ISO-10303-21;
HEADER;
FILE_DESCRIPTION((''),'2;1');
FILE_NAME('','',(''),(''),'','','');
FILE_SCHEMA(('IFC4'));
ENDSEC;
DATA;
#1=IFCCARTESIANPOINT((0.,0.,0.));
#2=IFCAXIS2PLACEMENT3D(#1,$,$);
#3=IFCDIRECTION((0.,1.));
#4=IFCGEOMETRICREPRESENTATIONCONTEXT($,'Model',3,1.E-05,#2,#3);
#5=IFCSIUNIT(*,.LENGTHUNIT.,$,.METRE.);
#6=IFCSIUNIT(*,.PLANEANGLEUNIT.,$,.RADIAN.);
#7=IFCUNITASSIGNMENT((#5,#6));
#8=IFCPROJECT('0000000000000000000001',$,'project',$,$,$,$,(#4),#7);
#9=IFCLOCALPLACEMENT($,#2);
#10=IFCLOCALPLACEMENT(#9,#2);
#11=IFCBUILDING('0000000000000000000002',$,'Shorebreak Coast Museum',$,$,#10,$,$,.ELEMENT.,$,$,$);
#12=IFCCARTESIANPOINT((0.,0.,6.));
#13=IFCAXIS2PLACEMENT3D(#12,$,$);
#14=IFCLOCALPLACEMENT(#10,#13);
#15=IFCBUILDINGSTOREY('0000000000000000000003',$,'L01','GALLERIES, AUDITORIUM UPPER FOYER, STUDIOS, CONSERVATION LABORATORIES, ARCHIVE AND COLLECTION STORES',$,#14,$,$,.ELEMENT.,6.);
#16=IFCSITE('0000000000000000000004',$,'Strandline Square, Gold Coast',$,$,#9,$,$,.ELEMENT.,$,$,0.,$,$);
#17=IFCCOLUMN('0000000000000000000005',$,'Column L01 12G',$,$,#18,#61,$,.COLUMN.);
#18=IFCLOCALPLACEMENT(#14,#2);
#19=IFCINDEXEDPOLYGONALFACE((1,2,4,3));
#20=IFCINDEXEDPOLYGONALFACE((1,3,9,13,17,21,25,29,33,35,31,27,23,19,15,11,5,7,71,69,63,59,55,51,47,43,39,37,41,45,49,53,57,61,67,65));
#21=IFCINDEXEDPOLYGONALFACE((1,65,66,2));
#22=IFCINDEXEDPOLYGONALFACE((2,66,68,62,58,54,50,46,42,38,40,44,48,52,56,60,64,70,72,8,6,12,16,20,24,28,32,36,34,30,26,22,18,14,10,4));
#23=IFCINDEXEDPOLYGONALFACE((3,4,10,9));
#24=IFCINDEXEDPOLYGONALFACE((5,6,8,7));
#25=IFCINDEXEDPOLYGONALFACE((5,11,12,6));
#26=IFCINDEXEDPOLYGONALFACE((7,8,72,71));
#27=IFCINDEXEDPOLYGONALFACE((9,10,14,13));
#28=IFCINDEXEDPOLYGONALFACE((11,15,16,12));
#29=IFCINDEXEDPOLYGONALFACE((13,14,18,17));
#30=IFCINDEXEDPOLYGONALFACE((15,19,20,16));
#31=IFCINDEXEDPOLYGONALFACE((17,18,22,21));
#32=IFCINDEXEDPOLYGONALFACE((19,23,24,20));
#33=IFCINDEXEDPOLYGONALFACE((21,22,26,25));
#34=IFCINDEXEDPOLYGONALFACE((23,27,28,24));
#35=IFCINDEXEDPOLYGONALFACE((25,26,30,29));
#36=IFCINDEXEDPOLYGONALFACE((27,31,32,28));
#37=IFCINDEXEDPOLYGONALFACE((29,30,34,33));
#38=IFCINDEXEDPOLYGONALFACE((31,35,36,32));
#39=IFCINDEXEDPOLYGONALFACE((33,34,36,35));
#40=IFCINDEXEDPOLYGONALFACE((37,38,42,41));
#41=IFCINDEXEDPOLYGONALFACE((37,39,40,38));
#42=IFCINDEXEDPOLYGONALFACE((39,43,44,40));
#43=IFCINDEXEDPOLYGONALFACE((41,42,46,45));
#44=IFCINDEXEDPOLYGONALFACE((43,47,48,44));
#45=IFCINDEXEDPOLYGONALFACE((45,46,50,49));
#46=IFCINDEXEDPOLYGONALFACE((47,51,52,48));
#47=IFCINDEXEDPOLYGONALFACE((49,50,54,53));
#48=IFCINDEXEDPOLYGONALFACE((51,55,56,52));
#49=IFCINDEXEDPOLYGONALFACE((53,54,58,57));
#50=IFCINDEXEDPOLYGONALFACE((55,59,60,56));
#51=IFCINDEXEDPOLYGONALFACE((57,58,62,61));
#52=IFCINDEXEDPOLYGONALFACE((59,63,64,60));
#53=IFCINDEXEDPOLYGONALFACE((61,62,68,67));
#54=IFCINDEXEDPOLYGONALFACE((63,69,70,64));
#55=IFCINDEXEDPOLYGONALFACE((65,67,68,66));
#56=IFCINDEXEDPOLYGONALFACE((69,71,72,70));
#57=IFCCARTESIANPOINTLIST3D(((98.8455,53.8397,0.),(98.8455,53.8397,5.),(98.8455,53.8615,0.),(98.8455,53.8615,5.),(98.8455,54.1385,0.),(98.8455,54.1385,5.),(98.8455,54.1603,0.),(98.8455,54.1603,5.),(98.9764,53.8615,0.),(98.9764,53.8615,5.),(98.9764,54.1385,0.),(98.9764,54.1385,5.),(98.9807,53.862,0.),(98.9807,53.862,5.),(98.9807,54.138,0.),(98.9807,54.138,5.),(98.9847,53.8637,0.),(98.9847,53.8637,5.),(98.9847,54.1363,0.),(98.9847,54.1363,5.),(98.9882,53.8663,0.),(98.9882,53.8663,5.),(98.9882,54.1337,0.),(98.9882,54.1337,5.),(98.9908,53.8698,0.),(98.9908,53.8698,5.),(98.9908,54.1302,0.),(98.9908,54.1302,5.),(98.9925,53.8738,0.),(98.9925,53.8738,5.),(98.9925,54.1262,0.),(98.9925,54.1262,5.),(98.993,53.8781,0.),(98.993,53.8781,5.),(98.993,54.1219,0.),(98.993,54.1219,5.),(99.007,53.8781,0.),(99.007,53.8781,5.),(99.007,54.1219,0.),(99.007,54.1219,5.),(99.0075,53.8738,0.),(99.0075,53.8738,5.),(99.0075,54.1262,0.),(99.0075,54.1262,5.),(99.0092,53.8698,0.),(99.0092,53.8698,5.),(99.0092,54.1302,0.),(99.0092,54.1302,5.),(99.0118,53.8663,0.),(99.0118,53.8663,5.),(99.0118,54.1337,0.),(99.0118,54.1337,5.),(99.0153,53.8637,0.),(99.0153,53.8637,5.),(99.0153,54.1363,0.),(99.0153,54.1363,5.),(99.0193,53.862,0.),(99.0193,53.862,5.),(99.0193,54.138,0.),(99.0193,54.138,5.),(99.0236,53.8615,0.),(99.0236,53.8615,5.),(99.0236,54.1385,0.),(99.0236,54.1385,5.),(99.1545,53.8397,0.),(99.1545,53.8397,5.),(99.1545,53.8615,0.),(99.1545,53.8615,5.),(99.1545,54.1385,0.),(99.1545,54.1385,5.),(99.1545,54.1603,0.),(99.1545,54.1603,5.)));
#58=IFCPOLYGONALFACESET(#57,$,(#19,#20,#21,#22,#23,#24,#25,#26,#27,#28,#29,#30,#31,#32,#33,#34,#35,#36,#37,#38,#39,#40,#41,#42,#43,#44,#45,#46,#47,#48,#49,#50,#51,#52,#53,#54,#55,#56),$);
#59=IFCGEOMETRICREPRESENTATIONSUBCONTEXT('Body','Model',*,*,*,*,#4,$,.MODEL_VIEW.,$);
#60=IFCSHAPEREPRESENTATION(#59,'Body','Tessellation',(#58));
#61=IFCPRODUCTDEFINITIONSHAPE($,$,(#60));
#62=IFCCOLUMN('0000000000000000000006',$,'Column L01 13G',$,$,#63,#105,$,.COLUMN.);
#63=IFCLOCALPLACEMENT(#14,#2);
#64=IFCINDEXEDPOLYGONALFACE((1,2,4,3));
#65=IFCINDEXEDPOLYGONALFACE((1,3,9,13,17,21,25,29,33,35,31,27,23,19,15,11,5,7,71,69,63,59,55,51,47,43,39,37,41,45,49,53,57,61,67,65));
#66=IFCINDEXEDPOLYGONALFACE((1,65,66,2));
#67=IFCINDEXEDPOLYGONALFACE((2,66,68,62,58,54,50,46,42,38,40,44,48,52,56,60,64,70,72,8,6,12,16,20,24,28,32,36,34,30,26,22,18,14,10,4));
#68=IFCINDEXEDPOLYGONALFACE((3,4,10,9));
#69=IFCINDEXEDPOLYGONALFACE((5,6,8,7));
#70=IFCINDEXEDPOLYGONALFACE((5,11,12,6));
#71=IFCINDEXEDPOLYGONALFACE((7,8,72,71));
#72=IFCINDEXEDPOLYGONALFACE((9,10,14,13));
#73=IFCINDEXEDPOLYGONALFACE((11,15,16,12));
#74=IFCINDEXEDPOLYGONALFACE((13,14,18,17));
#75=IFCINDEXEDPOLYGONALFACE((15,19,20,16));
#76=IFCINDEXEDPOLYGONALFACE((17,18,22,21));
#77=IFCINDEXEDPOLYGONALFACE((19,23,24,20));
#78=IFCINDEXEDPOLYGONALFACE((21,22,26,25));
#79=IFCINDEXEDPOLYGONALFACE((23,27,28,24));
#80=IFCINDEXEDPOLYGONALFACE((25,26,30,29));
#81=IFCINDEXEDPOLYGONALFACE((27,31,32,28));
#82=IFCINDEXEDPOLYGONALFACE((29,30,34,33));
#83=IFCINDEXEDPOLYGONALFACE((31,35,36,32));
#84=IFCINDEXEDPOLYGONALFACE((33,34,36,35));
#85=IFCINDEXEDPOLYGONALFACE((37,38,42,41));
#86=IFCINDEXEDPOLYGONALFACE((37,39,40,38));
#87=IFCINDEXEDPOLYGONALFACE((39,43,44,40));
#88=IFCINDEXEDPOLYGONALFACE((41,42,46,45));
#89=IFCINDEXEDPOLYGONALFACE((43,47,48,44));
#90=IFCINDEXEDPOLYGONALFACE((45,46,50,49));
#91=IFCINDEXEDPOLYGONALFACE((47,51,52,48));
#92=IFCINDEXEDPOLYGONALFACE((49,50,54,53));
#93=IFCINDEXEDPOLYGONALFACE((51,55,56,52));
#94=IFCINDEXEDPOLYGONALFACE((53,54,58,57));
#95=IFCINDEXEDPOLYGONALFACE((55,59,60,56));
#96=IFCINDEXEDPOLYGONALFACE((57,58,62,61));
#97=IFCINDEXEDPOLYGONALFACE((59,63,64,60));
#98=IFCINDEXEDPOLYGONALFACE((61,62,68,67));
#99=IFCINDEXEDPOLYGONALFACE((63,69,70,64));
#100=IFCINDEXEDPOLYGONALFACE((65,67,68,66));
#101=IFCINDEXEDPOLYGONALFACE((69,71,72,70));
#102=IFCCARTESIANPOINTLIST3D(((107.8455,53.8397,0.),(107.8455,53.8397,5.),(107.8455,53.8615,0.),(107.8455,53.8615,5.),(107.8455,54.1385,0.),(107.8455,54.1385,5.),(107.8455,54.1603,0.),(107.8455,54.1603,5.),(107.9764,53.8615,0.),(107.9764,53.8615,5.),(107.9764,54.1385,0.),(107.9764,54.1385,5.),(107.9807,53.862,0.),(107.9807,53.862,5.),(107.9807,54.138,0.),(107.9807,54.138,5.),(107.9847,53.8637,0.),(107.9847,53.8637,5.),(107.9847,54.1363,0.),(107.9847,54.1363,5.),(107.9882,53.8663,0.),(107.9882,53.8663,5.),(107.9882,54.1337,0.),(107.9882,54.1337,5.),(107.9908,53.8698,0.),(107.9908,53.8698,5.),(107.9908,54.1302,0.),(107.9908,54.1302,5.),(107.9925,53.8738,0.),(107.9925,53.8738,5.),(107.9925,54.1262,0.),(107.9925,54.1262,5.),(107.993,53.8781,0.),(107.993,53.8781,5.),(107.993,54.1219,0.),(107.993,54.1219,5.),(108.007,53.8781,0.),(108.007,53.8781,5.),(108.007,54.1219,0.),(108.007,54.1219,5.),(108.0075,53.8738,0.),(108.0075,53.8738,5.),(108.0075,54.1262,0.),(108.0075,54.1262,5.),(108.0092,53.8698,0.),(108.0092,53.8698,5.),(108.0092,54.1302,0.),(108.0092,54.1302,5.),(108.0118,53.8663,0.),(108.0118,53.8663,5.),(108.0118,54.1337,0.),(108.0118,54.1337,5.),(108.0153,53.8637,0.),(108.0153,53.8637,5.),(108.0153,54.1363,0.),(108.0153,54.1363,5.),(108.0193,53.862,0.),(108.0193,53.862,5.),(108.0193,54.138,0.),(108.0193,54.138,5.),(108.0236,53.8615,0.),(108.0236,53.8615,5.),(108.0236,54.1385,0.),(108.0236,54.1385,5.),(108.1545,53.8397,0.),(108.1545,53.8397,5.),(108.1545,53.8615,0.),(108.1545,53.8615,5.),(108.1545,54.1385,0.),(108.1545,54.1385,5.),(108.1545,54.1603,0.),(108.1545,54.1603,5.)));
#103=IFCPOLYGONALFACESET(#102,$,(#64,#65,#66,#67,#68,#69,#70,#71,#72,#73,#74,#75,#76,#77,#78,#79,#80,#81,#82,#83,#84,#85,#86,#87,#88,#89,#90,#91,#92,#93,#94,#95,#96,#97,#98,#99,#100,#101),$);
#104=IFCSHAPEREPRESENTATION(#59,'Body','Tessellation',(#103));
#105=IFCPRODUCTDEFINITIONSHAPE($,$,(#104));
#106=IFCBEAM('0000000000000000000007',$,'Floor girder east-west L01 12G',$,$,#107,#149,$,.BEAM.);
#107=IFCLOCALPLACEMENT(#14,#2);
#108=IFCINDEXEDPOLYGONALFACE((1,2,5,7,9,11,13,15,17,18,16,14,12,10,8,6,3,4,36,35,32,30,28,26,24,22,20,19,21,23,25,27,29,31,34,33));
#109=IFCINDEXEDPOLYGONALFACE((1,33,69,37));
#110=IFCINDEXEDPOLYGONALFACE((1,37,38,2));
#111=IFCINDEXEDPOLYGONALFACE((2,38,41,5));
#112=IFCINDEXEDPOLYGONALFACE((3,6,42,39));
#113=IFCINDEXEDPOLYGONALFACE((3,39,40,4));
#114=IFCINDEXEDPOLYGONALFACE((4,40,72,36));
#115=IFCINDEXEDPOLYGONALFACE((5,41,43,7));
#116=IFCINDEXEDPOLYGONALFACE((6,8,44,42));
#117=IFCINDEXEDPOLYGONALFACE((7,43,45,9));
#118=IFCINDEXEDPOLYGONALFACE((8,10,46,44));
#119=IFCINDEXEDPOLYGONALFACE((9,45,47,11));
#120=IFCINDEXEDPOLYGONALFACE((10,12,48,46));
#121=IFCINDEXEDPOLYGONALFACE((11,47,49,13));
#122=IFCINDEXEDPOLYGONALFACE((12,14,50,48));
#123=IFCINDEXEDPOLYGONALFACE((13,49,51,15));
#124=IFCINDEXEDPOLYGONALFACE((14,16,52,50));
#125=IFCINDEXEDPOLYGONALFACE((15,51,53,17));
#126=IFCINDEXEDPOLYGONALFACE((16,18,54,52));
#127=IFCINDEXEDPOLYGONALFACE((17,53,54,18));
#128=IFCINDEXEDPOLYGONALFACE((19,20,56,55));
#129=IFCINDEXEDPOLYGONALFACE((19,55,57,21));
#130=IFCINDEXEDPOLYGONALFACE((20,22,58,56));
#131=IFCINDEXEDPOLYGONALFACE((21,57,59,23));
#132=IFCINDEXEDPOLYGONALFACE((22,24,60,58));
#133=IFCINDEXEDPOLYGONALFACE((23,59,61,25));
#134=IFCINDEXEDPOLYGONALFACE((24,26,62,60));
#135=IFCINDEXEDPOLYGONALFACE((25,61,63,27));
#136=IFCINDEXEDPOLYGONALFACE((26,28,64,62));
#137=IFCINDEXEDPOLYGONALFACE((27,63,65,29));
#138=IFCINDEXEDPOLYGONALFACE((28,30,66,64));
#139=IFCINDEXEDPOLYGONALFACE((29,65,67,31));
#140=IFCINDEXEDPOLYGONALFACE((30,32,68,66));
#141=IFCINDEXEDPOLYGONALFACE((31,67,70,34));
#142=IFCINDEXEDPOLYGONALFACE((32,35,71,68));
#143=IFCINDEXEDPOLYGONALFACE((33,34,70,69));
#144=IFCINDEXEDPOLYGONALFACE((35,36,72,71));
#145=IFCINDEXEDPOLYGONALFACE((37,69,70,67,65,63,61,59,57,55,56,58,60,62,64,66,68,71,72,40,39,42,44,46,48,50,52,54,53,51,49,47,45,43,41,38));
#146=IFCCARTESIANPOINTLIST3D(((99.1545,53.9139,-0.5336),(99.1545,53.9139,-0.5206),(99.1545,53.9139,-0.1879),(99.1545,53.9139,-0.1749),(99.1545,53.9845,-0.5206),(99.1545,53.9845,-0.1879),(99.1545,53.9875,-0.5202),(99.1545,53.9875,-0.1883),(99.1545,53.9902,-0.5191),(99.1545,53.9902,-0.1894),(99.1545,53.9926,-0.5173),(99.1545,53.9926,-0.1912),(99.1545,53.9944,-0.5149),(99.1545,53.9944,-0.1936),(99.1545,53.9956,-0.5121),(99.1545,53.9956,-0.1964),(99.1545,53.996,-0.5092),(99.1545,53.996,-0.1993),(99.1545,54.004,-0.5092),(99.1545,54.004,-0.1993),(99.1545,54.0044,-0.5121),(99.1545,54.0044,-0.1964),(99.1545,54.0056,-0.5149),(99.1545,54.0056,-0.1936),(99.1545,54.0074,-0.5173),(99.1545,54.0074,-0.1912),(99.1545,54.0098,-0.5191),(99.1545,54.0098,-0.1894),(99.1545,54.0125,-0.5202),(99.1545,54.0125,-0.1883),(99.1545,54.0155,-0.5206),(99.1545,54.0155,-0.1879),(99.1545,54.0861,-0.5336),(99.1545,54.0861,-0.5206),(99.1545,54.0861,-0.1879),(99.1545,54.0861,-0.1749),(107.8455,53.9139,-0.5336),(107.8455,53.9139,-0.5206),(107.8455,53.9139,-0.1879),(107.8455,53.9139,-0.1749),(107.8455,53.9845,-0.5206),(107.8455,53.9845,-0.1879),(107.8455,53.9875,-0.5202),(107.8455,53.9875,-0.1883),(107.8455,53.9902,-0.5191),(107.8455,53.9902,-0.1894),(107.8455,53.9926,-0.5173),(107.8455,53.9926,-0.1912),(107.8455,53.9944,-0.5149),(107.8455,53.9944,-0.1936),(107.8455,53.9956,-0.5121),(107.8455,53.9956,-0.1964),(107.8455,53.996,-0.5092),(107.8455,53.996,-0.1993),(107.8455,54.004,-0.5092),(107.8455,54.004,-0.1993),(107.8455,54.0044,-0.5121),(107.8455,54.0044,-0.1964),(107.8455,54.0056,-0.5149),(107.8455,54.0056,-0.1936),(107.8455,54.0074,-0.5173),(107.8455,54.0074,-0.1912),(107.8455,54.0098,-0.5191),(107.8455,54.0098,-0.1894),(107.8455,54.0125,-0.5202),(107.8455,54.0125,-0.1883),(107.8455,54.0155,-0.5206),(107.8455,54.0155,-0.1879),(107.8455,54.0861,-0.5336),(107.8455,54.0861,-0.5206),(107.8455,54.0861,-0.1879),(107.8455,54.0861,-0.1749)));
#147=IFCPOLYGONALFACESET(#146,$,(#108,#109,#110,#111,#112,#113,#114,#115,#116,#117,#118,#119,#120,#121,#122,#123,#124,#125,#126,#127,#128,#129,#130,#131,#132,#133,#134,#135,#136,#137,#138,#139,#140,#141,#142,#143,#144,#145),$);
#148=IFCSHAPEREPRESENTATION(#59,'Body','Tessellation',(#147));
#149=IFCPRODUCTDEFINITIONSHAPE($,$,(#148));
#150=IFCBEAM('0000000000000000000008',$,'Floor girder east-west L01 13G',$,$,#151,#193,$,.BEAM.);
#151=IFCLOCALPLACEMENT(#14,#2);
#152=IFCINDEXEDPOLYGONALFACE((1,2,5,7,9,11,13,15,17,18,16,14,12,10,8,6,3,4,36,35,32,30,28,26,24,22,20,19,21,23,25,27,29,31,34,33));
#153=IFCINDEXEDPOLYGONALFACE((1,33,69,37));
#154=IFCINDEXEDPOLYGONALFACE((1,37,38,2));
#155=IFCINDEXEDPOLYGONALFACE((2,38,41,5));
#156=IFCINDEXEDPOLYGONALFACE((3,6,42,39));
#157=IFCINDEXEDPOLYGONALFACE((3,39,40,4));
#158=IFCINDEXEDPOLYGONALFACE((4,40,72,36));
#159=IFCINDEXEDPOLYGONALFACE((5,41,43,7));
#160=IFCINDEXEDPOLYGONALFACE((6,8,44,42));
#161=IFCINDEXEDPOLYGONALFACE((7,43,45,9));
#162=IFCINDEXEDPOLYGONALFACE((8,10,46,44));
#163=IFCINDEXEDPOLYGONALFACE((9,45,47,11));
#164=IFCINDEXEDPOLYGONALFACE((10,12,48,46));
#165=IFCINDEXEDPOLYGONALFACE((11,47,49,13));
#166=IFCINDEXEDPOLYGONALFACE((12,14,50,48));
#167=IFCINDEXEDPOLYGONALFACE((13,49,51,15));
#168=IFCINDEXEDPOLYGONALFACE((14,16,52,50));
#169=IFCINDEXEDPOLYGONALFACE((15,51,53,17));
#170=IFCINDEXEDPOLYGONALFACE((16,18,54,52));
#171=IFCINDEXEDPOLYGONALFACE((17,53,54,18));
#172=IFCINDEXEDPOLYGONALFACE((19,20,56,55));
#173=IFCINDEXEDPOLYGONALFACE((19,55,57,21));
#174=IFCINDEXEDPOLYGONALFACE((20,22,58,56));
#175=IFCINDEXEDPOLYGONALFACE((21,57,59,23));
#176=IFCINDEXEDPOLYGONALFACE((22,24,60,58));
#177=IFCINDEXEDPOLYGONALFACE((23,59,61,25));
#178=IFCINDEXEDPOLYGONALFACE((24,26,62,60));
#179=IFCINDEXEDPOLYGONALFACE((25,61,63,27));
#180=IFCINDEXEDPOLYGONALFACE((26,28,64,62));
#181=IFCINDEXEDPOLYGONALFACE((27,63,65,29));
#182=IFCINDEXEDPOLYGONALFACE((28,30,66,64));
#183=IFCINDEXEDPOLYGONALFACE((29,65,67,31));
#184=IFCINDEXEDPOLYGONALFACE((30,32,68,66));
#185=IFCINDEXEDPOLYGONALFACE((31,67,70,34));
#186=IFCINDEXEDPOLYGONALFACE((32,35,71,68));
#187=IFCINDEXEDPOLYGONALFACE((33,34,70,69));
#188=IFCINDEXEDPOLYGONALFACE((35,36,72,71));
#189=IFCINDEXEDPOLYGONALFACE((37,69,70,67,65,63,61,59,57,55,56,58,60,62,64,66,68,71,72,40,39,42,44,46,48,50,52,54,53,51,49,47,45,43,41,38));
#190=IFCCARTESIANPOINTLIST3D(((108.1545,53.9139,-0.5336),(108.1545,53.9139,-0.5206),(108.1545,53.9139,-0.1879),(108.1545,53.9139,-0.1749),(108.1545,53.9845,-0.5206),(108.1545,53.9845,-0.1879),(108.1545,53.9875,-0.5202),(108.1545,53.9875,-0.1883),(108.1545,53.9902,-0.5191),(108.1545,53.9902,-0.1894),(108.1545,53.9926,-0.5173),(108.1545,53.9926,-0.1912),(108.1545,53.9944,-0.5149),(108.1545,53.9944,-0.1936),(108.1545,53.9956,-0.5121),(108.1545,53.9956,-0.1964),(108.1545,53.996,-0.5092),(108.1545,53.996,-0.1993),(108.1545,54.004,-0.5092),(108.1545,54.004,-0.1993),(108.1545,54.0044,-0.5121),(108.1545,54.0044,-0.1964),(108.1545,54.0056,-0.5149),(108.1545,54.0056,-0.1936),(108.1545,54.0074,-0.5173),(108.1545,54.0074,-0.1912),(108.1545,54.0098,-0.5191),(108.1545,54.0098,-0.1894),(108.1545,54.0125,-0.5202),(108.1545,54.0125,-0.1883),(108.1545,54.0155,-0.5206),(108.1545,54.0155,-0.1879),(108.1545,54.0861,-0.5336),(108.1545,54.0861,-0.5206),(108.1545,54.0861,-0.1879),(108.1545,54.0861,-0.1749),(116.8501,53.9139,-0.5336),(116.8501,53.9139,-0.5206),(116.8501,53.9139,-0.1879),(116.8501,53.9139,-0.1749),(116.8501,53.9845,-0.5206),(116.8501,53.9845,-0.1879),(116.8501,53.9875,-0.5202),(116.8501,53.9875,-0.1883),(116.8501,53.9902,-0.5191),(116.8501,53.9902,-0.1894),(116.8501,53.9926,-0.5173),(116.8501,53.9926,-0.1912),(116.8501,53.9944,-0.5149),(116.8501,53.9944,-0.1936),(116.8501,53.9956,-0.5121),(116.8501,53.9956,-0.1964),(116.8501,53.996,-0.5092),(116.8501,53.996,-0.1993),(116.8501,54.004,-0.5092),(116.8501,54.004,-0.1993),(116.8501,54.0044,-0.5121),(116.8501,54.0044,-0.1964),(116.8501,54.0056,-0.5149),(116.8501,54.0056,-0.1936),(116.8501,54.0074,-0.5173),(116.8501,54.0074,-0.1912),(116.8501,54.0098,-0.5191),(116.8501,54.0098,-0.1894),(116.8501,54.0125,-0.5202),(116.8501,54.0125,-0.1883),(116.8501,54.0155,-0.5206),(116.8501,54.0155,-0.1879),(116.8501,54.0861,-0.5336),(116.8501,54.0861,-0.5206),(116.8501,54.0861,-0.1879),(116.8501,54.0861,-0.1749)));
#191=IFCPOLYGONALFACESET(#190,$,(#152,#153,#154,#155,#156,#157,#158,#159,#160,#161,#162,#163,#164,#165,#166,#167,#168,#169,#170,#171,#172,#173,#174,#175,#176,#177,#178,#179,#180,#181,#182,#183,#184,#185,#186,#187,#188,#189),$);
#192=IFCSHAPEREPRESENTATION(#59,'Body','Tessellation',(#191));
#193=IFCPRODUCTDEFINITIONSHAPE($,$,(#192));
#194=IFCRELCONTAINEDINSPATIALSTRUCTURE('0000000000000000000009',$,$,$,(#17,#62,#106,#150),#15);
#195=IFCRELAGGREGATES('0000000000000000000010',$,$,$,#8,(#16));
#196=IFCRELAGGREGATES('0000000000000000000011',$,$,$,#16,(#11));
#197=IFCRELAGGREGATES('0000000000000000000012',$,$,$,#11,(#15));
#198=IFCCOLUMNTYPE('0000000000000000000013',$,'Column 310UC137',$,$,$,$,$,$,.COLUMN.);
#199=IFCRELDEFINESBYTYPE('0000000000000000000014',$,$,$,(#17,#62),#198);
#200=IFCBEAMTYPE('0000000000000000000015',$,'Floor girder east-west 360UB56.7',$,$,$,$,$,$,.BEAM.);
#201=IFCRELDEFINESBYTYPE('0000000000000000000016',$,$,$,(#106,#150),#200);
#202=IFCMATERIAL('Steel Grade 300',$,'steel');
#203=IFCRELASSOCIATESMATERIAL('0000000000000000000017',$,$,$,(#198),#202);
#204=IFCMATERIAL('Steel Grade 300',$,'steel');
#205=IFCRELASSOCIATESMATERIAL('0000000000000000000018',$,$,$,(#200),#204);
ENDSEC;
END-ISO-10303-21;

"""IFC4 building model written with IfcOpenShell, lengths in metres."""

from ifc_helpers import new_model, si_unit, direction, frame, origin, origin_2d, place, context, subcontext, project, spatial, i_section, extrude, material, material_profile, profile_set, type_object, element, save


model = new_model("IFC4")

# Units and contexts
model_context = context("Model", 3, precision=1e-05, world=origin(), true_north=direction((0.0, 1.0)))
body_context = subcontext(model_context, "Body", "Model", "MODEL_VIEW")
ifc_project = project(units=[si_unit("LENGTHUNIT", "METRE"), si_unit("PLANEANGLEUNIT", "RADIAN")], contexts=[model_context])

# Site, building, storey
site_placement = place(None, origin())
site = spatial("IfcSite", under=ifc_project, at=site_placement, Name="Strandline Square, Gold Coast", CompositionType="ELEMENT", RefElevation=0.0)
building_placement = place(site_placement, origin())
building = spatial("IfcBuilding", under=site, at=building_placement, Name="Shorebreak Coast Museum", CompositionType="ELEMENT")
storey_placement = place(building_placement, frame((0.0, 0.0, 6.0)))
storey = spatial("IfcBuildingStorey", under=building, at=storey_placement, Name="L01", Description="GALLERIES, AUDITORIUM UPPER FOYER, STUDIOS, CONSERVATION LABORATORIES, ARCHIVE AND COLLECTION STORES", CompositionType="ELEMENT", Elevation=6.0)

# Columns
ifc_material_1 = material(Name="Steel Grade 300", Category="steel")
ifc_material_profile_1 = material_profile(ifc_material_1, i_section(OverallWidth=0.3091, OverallDepth=0.3206, WebThickness=0.0139, FlangeThickness=0.0217, FilletRadius=0.0166, at=origin_2d()), Name="310UC137")
ifc_profile_set_1 = profile_set([ifc_material_profile_1], Name="Steel Grade 300")
column_type = type_object("IfcColumnType", Name="Column 310UC137", PredefinedType="COLUMN", material=ifc_profile_set_1)
for number, where, z_axis, x_axis, name in (
    (1, (99.0, 54.0, 0.0), (0.0, 0.0, 1.0), (1.0, 0.0, 0.0), "Column L01 12G"),
    (2, (108.0, 54.0, 0.0), (0.0, 0.0, 1.0), (1.0, 0.0, 0.0), "Column L01 13G"),
):
    element("IfcColumn", number, at=place(storey_placement, frame(where, z_axis=z_axis, x_axis=x_axis)), inside=storey, type_object=column_type, Name=name, PredefinedType="COLUMN", context=body_context, shape_type="SweptSolid", body=[
        extrude(i_section(OverallWidth=0.3091, OverallDepth=0.3206, WebThickness=0.0139, FlangeThickness=0.0217, FilletRadius=0.0166, at=origin_2d()), origin(), (0.0, 0.0, 1.0), 5.0),
    ])

# Beams
ifc_material_2 = material(Name="Steel Grade 300", Category="steel")
ifc_material_profile_2 = material_profile(ifc_material_2, i_section(OverallWidth=0.1721, OverallDepth=0.3586, WebThickness=0.0081, FlangeThickness=0.0129, FilletRadius=0.0115, at=origin_2d()), Name="360UB56.7")
ifc_profile_set_2 = profile_set([ifc_material_profile_2], Name="Steel Grade 300")
beam_type_1 = type_object("IfcBeamType", Name="Floor girder east-west 360UB56.7", PredefinedType="BEAM", material=ifc_profile_set_2)
beam_1_placement = place(storey_placement, frame((99.1545, 54.0, -0.3542), z_axis=(1.0, 0.0, 0.0), x_axis=(0.0, 1.0, 0.0)))
element("IfcBeam", 3, at=beam_1_placement, inside=storey, type_object=beam_type_1, Name="Floor girder east-west L01 12G", PredefinedType="BEAM", context=body_context, shape_type="SweptSolid", body=[
    extrude(i_section(OverallWidth=0.1721, OverallDepth=0.3586, WebThickness=0.0081, FlangeThickness=0.0129, FilletRadius=0.0115, at=origin_2d()), origin(), (0.0, 0.0, 1.0), 8.6909),
])
beam_2_placement = place(storey_placement, frame((108.1545, 54.0, -0.3542), z_axis=(1.0, 0.0, 0.0), x_axis=(0.0, 1.0, 0.0)))
element("IfcBeam", 4, at=beam_2_placement, inside=storey, type_object=beam_type_1, Name="Floor girder east-west L01 13G", PredefinedType="BEAM", context=body_context, shape_type="SweptSolid", body=[
    extrude(i_section(OverallWidth=0.1721, OverallDepth=0.3586, WebThickness=0.0081, FlangeThickness=0.0129, FilletRadius=0.0115, at=origin_2d()), origin(), (0.0, 0.0, 1.0), 8.6956),
])

save(model, "model.ifc")
